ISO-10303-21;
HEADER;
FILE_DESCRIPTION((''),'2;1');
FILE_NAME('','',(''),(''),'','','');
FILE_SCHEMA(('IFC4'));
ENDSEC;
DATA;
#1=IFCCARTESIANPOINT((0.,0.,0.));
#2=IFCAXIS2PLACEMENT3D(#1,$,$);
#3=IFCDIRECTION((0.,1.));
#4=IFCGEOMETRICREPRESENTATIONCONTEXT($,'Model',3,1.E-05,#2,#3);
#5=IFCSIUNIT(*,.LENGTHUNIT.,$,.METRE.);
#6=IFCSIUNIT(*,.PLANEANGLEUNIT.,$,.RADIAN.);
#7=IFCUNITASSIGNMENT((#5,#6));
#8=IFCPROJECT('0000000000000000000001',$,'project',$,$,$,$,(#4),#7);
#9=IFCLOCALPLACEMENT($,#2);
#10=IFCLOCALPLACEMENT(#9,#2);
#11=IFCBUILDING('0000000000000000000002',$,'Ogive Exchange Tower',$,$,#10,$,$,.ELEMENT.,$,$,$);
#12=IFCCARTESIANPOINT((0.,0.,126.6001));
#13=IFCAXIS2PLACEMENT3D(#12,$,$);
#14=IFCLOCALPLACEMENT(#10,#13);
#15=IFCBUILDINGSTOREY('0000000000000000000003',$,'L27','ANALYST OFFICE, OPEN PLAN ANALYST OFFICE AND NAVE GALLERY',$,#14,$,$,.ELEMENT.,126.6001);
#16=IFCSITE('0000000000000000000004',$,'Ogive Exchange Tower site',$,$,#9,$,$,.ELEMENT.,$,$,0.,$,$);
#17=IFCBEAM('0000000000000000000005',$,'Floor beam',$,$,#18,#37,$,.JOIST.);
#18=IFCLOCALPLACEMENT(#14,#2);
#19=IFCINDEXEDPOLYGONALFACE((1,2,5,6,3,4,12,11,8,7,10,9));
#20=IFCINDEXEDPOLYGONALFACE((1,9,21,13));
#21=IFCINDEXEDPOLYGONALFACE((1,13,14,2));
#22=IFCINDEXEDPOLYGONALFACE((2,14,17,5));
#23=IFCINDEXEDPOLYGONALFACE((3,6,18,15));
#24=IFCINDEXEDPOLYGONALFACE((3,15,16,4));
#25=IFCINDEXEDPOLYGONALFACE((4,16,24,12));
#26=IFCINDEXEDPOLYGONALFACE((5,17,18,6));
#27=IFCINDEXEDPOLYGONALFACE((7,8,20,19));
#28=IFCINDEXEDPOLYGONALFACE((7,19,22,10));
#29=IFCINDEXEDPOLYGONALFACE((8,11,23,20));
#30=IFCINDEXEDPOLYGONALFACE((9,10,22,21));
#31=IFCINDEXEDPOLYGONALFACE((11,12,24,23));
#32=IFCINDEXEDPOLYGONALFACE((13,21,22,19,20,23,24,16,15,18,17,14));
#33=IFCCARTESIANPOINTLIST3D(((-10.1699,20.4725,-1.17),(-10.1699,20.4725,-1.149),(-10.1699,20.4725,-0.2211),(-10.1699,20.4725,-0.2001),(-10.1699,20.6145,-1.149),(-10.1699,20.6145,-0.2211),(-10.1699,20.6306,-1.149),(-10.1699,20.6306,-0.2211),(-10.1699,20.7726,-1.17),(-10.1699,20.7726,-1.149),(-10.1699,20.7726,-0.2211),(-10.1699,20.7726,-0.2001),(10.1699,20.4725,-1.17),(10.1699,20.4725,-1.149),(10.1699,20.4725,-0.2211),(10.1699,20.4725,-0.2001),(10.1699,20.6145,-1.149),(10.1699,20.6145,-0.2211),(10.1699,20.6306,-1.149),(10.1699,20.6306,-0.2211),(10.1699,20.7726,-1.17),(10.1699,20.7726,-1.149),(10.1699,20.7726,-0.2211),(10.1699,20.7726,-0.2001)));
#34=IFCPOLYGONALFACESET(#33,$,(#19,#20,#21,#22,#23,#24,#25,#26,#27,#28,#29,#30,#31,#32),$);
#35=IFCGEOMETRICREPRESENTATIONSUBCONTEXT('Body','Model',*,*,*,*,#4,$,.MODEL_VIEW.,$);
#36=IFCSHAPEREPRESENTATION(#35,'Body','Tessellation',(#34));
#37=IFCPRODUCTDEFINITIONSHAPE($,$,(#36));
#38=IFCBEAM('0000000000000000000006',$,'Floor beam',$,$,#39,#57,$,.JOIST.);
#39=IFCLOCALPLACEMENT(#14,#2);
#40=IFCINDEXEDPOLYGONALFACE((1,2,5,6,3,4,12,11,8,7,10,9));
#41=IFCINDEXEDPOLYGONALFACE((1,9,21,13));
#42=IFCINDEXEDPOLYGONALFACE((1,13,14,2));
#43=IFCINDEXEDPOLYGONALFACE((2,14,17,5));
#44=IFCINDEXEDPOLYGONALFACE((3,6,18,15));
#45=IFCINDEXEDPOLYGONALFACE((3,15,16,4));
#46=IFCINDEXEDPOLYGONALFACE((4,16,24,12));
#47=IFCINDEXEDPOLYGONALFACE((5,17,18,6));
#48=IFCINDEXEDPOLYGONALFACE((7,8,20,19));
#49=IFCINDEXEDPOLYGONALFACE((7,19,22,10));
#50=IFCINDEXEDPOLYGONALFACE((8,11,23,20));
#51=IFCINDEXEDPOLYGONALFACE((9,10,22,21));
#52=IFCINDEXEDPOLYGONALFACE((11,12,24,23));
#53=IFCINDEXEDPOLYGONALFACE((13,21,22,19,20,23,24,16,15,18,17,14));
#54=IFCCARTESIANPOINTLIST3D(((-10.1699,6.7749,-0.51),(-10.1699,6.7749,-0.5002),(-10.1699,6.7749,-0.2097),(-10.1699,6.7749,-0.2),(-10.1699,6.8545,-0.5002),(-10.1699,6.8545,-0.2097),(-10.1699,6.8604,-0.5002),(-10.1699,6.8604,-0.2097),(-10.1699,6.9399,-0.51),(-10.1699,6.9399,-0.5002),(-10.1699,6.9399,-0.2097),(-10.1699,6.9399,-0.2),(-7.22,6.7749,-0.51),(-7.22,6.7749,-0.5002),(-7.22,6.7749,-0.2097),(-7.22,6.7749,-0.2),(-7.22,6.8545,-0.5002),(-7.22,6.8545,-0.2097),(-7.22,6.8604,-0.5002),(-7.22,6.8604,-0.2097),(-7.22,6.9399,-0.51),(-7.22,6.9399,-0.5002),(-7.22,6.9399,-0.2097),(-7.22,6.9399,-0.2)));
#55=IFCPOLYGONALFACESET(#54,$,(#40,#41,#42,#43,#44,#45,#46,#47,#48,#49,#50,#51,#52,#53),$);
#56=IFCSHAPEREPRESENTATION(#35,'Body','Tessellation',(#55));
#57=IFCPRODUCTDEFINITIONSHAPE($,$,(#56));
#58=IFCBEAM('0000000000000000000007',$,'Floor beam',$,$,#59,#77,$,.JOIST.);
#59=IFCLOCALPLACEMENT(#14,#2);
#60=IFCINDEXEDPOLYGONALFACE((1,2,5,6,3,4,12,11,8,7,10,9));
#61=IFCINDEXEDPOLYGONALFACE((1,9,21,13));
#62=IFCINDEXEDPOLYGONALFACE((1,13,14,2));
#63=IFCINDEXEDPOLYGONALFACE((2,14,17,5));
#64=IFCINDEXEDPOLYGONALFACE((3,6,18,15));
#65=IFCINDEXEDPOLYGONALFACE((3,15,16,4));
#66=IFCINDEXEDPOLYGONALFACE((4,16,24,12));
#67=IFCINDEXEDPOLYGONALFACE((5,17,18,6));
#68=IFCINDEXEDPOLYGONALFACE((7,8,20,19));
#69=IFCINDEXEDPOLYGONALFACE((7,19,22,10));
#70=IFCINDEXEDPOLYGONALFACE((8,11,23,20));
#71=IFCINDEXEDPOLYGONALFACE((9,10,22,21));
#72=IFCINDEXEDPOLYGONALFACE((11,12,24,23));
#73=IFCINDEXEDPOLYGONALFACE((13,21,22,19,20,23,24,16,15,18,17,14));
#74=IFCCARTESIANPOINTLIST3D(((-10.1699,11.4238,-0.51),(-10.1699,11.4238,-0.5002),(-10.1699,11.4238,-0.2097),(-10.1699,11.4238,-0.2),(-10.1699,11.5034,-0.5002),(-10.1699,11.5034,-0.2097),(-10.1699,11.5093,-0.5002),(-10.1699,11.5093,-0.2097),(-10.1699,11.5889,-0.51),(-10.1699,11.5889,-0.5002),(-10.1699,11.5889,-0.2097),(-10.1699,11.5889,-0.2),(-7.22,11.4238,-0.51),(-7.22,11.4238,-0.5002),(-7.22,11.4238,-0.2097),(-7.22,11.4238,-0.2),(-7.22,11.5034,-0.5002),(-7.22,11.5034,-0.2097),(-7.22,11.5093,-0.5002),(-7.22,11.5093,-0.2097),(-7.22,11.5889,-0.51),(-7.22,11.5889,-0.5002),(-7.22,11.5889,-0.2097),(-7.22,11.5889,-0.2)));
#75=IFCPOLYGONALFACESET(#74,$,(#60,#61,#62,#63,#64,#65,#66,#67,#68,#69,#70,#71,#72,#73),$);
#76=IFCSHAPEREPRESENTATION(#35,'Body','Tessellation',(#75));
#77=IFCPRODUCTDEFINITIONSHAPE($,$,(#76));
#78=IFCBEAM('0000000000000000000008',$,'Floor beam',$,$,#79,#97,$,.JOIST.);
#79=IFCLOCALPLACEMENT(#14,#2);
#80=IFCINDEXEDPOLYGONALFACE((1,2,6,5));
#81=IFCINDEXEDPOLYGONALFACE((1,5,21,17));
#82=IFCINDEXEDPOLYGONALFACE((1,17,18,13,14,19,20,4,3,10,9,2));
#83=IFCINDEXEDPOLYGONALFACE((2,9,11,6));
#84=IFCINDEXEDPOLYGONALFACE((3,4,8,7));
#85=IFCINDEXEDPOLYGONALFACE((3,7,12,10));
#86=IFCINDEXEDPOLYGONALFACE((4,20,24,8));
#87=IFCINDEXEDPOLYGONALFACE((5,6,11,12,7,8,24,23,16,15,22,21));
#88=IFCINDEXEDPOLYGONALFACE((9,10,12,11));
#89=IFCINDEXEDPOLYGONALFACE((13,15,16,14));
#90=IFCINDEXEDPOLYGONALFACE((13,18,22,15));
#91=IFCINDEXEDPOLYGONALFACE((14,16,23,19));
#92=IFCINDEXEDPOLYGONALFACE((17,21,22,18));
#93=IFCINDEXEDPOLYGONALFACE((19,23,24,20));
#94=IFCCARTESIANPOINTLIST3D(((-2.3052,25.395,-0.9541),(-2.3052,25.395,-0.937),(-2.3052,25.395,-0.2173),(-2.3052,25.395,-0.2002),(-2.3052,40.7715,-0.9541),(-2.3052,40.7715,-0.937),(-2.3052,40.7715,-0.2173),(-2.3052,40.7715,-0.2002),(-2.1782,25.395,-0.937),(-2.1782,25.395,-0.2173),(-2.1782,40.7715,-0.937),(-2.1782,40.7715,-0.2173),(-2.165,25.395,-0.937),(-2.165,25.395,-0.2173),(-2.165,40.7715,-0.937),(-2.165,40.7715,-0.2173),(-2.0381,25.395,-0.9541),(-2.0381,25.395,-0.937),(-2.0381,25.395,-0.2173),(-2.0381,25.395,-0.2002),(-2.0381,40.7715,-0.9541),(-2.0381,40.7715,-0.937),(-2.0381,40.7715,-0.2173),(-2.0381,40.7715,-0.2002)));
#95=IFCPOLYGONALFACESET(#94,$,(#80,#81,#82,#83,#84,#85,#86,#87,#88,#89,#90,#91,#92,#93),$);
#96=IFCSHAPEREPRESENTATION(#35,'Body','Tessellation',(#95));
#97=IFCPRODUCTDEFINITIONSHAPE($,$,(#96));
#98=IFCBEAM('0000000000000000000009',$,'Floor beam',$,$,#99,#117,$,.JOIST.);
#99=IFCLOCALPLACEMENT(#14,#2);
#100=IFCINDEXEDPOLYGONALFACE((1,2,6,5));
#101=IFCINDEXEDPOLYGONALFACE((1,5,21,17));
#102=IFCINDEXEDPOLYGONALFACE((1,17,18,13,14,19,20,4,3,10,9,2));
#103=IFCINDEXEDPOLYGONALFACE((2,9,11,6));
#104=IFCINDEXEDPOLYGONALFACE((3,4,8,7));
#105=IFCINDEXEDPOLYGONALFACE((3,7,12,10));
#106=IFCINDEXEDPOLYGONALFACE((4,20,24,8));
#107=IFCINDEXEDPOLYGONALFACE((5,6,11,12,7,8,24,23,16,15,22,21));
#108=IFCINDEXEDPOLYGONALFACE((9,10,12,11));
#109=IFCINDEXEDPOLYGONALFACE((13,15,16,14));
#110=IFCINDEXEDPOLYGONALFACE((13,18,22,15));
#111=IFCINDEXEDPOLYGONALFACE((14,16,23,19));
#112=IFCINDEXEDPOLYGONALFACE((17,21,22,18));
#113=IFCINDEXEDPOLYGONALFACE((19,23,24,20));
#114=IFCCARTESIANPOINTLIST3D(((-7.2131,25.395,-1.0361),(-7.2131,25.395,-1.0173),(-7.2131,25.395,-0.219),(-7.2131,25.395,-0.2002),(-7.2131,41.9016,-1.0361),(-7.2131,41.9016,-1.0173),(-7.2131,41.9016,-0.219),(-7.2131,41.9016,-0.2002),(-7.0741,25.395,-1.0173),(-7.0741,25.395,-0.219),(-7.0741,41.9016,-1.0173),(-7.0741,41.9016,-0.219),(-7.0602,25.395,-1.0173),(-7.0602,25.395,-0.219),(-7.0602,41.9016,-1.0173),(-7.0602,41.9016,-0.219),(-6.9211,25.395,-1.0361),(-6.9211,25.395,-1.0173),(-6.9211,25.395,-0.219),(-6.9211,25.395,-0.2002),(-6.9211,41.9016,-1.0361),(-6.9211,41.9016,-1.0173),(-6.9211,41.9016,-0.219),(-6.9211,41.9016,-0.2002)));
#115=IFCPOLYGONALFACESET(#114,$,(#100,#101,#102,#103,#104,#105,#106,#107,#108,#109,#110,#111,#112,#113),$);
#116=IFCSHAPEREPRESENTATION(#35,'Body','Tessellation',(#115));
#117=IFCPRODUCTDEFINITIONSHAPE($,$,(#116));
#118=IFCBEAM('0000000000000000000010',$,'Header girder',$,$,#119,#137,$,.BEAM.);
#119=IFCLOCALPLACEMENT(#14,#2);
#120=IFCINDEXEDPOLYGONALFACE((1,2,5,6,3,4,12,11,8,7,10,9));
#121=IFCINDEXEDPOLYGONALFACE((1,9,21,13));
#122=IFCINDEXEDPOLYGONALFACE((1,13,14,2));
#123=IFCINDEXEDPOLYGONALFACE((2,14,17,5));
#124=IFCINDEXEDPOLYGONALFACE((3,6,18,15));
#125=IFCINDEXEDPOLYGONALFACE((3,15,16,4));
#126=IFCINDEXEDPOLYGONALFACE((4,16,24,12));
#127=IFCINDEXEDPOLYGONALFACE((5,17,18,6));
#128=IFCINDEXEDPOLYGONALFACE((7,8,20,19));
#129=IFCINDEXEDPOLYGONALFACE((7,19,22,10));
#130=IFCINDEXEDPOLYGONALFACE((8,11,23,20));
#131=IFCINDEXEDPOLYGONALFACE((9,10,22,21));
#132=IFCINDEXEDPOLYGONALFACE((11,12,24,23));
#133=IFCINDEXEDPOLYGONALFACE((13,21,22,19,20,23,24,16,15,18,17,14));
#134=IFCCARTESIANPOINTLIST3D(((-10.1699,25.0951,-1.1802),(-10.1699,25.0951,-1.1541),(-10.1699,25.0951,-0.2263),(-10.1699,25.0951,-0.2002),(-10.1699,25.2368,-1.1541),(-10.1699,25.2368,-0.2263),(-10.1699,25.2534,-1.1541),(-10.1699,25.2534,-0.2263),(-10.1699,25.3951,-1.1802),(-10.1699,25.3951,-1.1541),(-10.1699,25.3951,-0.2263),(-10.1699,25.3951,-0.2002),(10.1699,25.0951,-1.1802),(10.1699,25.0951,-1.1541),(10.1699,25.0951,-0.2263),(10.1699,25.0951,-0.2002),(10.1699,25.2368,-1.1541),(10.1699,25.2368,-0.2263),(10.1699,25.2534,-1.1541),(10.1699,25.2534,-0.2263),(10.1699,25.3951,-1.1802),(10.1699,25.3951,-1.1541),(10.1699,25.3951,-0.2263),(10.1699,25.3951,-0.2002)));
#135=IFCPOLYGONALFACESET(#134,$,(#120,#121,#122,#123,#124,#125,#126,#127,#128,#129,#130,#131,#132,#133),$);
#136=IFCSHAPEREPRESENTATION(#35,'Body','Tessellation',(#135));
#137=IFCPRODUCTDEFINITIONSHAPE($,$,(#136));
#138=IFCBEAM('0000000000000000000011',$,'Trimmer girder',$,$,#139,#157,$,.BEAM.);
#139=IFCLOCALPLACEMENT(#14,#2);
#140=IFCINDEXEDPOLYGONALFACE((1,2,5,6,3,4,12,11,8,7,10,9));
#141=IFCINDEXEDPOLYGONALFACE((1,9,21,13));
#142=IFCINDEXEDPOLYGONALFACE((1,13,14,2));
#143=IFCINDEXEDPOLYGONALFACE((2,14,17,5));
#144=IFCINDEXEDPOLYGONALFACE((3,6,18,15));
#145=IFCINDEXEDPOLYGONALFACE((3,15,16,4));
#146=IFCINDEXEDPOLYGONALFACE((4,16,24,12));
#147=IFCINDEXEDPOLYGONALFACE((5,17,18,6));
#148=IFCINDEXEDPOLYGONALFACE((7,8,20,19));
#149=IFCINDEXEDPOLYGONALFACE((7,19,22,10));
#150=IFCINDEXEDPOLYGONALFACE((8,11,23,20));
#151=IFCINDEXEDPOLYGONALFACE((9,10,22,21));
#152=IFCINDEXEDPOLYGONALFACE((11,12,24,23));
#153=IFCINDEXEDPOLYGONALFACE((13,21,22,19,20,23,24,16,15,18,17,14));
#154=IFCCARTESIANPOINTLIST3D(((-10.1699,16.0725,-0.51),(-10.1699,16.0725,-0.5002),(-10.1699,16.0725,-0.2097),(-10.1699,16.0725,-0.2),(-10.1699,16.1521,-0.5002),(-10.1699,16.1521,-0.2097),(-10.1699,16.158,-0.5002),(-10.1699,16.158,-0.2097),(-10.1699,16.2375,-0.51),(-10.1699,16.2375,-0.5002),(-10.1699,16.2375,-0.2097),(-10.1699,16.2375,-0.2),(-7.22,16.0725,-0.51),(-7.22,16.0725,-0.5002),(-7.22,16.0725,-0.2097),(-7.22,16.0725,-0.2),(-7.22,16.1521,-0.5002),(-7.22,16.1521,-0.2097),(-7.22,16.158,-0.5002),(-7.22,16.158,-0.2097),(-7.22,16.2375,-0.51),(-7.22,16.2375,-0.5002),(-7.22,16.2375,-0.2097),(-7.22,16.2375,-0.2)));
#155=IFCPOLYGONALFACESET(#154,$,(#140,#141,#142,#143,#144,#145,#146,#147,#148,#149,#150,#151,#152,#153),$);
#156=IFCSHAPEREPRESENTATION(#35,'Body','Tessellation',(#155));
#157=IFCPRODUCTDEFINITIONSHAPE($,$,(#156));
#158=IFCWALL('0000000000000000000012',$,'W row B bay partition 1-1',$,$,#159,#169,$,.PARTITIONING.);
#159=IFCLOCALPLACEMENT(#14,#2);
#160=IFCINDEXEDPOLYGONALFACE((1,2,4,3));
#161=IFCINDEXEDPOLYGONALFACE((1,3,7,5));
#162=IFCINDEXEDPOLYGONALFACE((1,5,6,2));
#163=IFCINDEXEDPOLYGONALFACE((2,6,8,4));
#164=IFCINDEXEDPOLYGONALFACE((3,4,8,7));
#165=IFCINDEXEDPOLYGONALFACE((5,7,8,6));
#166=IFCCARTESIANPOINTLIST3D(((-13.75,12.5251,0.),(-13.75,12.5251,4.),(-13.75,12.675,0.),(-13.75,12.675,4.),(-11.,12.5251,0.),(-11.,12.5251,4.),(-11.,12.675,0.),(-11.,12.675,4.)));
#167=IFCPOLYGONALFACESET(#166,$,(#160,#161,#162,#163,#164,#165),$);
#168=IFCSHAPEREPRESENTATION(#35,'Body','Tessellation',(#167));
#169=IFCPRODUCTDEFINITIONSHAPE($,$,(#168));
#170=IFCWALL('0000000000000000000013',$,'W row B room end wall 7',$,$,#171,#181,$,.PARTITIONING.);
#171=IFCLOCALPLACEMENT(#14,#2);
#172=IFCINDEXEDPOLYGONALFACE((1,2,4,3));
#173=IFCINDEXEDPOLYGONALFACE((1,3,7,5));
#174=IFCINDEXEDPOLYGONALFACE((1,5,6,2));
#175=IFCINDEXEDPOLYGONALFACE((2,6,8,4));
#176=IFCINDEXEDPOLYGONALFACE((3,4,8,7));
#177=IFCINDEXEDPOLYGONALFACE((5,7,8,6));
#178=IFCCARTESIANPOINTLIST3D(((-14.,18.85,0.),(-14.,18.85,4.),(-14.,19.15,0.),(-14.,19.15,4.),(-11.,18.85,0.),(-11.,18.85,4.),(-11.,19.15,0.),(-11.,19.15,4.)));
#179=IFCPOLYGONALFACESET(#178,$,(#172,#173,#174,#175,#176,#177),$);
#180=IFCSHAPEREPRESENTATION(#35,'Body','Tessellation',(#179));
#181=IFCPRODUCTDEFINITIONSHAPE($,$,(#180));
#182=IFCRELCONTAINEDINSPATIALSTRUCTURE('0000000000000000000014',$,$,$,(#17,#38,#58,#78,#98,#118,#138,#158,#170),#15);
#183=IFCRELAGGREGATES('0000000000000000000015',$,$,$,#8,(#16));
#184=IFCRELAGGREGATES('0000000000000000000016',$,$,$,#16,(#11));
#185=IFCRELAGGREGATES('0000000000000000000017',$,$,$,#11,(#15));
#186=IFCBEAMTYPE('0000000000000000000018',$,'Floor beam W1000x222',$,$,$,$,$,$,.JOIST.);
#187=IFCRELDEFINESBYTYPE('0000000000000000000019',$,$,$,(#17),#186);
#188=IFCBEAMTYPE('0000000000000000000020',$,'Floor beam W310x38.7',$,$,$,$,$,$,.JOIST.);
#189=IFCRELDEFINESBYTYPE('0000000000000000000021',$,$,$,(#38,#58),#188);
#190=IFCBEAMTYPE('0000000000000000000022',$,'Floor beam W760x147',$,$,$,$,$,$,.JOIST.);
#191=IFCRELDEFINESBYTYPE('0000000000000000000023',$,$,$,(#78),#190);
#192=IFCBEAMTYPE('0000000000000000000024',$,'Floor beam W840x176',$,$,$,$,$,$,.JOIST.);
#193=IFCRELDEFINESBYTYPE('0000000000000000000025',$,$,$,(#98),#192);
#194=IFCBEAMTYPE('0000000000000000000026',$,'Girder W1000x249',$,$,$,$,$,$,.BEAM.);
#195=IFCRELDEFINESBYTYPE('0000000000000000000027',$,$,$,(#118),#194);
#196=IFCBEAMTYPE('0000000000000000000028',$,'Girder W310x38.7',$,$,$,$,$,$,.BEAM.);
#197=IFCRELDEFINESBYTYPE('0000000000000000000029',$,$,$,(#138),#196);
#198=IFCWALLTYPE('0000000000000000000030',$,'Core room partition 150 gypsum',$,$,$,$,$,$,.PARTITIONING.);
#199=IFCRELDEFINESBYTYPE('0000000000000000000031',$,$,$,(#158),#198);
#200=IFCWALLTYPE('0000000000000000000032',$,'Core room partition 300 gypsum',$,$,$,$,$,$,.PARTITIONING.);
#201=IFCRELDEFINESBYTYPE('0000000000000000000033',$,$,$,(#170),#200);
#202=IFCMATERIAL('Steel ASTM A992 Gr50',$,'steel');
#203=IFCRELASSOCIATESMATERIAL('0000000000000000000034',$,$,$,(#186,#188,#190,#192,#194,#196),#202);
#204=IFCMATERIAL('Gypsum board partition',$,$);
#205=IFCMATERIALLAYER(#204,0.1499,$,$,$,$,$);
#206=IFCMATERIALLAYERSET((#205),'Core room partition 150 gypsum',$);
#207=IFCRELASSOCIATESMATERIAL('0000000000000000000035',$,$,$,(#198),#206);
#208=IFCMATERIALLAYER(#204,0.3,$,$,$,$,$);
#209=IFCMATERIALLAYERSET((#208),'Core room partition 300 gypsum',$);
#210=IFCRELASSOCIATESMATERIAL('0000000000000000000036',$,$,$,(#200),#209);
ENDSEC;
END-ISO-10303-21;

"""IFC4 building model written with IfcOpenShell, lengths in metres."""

from ifc_helpers import new_model, si_unit, direction, frame, frame_2d, origin, origin_2d, place, context, subcontext, project, spatial, rectangle, i_section, extrude, material, layer, layer_set, material_profile, profile_set, type_object, element, save


model = new_model("IFC4")

# Units and contexts
model_context = context("Model", 3, precision=1e-05, world=origin(), true_north=direction((0.0, 1.0)))
body_context = subcontext(model_context, "Body", "Model", "MODEL_VIEW")
ifc_project = project(units=[si_unit("LENGTHUNIT", "METRE"), si_unit("PLANEANGLEUNIT", "RADIAN")], contexts=[model_context])

# Site, building, storey
site_placement = place(None, origin())
site = spatial("IfcSite", under=ifc_project, at=site_placement, Name="Ogive Exchange Tower site", CompositionType="ELEMENT", RefElevation=0.0)
building_placement = place(site_placement, origin())
building = spatial("IfcBuilding", under=site, at=building_placement, Name="Ogive Exchange Tower", CompositionType="ELEMENT")
storey_placement = place(building_placement, frame((0.0, 0.0, 126.6001)))
storey = spatial("IfcBuildingStorey", under=building, at=storey_placement, Name="L27", Description="ANALYST OFFICE, OPEN PLAN ANALYST OFFICE AND NAVE GALLERY", CompositionType="ELEMENT", Elevation=126.6001)

# Beams
ifc_material_1 = material(Name="Steel ASTM A992 Gr50", Category="steel")
ifc_material_profile_1 = material_profile(ifc_material_1, i_section(OverallWidth=0.3, OverallDepth=0.97, WebThickness=0.0161, FlangeThickness=0.021, at=origin_2d()), Name="W1000x222")
ifc_profile_set_1 = profile_set([ifc_material_profile_1], Name="Steel ASTM A992 Gr50")
beam_type_1 = type_object("IfcBeamType", Name="Floor beam W1000x222", PredefinedType="JOIST", material=ifc_profile_set_1)
beam_1_placement = place(storey_placement, frame((-10.1699, 20.6226, -0.6851), z_axis=(1.0, 0.0, 0.0), x_axis=(0.0, 1.0, 0.0)))
element("IfcBeam", 1, at=beam_1_placement, inside=storey, type_object=beam_type_1, Name="Floor beam", PredefinedType="JOIST", context=body_context, shape_type="SweptSolid", body=[
    extrude(i_section(OverallWidth=0.3, OverallDepth=0.97, WebThickness=0.0161, FlangeThickness=0.021, at=origin_2d()), origin(), (0.0, 0.0, 1.0), 20.3398),
])
ifc_material_profile_2 = material_profile(ifc_material_1, i_section(OverallWidth=0.165, OverallDepth=0.3101, WebThickness=0.0059, FlangeThickness=0.0098, at=origin_2d()), Name="W310x38.7")
ifc_profile_set_2 = profile_set([ifc_material_profile_2], Name="Steel ASTM A992 Gr50")
beam_type_2 = type_object("IfcBeamType", Name="Floor beam W310x38.7", PredefinedType="JOIST", material=ifc_profile_set_2)
for number, where, z_axis, x_axis, name in (
    (2, (-10.1699, 6.8574, -0.355), (1.0, 0.0, 0.0), (0.0, 1.0, 0.0), "Floor beam"),
    (3, (-10.1699, 11.5063, -0.355), (1.0, 0.0, 0.0), (0.0, 1.0, 0.0), "Floor beam"),
):
    element("IfcBeam", number, at=place(storey_placement, frame(where, z_axis=z_axis, x_axis=x_axis)), inside=storey, type_object=beam_type_2, Name=name, PredefinedType="JOIST", context=body_context, shape_type="SweptSolid", body=[
        extrude(i_section(OverallWidth=0.165, OverallDepth=0.3101, WebThickness=0.0059, FlangeThickness=0.0098, at=origin_2d()), origin(), (0.0, 0.0, 1.0), 2.95),
    ])
ifc_material_profile_3 = material_profile(ifc_material_1, i_section(OverallWidth=0.2671, OverallDepth=0.7539, WebThickness=0.0132, FlangeThickness=0.0171, at=origin_2d()), Name="W760x147")
ifc_profile_set_3 = profile_set([ifc_material_profile_3], Name="Steel ASTM A992 Gr50")
beam_type_3 = type_object("IfcBeamType", Name="Floor beam W760x147", PredefinedType="JOIST", material=ifc_profile_set_3)
beam_2_placement = place(storey_placement, frame((-2.1716, 25.395, -0.5771), z_axis=(0.0, 1.0, 0.0), x_axis=(-1.0, 0.0, 0.0)))
element("IfcBeam", 4, at=beam_2_placement, inside=storey, type_object=beam_type_3, Name="Floor beam", PredefinedType="JOIST", context=body_context, shape_type="SweptSolid", body=[
    extrude(i_section(OverallWidth=0.2671, OverallDepth=0.7539, WebThickness=0.0132, FlangeThickness=0.0171, at=origin_2d()), origin(), (0.0, 0.0, 1.0), 15.3765),
])
ifc_material_profile_4 = material_profile(ifc_material_1, i_section(OverallWidth=0.292, OverallDepth=0.8359, WebThickness=0.0139, FlangeThickness=0.0188, at=origin_2d()), Name="W840x176")
ifc_profile_set_4 = profile_set([ifc_material_profile_4], Name="Steel ASTM A992 Gr50")
beam_type_4 = type_object("IfcBeamType", Name="Floor beam W840x176", PredefinedType="JOIST", material=ifc_profile_set_4)
beam_3_placement = place(storey_placement, frame((-7.0671, 25.395, -0.6182), z_axis=(0.0, 1.0, 0.0), x_axis=(-1.0, 0.0, 0.0)))
element("IfcBeam", 5, at=beam_3_placement, inside=storey, type_object=beam_type_4, Name="Floor beam", PredefinedType="JOIST", context=body_context, shape_type="SweptSolid", body=[
    extrude(i_section(OverallWidth=0.292, OverallDepth=0.8359, WebThickness=0.0139, FlangeThickness=0.0188, at=origin_2d()), origin(), (0.0, 0.0, 1.0), 16.5066),
])
ifc_material_profile_5 = material_profile(ifc_material_1, i_section(OverallWidth=0.3, OverallDepth=0.98, WebThickness=0.0166, FlangeThickness=0.0261, at=origin_2d()), Name="W1000x249")
ifc_profile_set_5 = profile_set([ifc_material_profile_5], Name="Steel ASTM A992 Gr50")
beam_type_5 = type_object("IfcBeamType", Name="Girder W1000x249", PredefinedType="BEAM", material=ifc_profile_set_5)
beam_4_placement = place(storey_placement, frame((-10.1699, 25.2451, -0.6902), z_axis=(1.0, 0.0, 0.0), x_axis=(0.0, 1.0, 0.0)))
element("IfcBeam", 6, at=beam_4_placement, inside=storey, type_object=beam_type_5, Name="Header girder", PredefinedType="BEAM", context=body_context, shape_type="SweptSolid", body=[
    extrude(i_section(OverallWidth=0.3, OverallDepth=0.98, WebThickness=0.0166, FlangeThickness=0.0261, at=origin_2d()), origin(), (0.0, 0.0, 1.0), 20.3398),
])
ifc_material_profile_6 = material_profile(ifc_material_1, i_section(OverallWidth=0.165, OverallDepth=0.3101, WebThickness=0.0059, FlangeThickness=0.0098, at=origin_2d()), Name="W310x38.7")
ifc_profile_set_6 = profile_set([ifc_material_profile_6], Name="Steel ASTM A992 Gr50")
beam_type_6 = type_object("IfcBeamType", Name="Girder W310x38.7", PredefinedType="BEAM", material=ifc_profile_set_6)
beam_5_placement = place(storey_placement, frame((-10.1699, 16.155, -0.355), z_axis=(1.0, 0.0, 0.0), x_axis=(0.0, 1.0, 0.0)))
element("IfcBeam", 7, at=beam_5_placement, inside=storey, type_object=beam_type_6, Name="Trimmer girder", PredefinedType="BEAM", context=body_context, shape_type="SweptSolid", body=[
    extrude(i_section(OverallWidth=0.165, OverallDepth=0.3101, WebThickness=0.0059, FlangeThickness=0.0098, at=origin_2d()), origin(), (0.0, 0.0, 1.0), 2.95),
])

# Walls
ifc_material_2 = material(Name="Gypsum board partition")
ifc_layer_1 = layer(ifc_material_2, 0.1499)
ifc_layer_set_1 = layer_set([ifc_layer_1], Name="Core room partition 150 gypsum")
wall_type_1 = type_object("IfcWallType", Name="Core room partition 150 gypsum", PredefinedType="PARTITIONING", material=ifc_layer_set_1)
wall_1_placement = place(storey_placement, frame((-13.75, 12.6001, 0.0), z_axis=(0.0, 0.0, 1.0), x_axis=(1.0, 0.0, 0.0)))
element("IfcWall", 8, at=wall_1_placement, inside=storey, type_object=wall_type_1, Name="W row B bay partition 1-1", PredefinedType="PARTITIONING", context=body_context, shape_type="SweptSolid", body=[
    extrude(rectangle(XDim=2.75, YDim=0.1499, at=frame_2d((1.375, 0.0))), origin(), (0.0, 0.0, 1.0), 4.0),
])
ifc_layer_2 = layer(ifc_material_2, 0.3)
ifc_layer_set_2 = layer_set([ifc_layer_2], Name="Core room partition 300 gypsum")
wall_type_2 = type_object("IfcWallType", Name="Core room partition 300 gypsum", PredefinedType="PARTITIONING", material=ifc_layer_set_2)
wall_2_placement = place(storey_placement, frame((-14.0, 19.0, 0.0), z_axis=(0.0, 0.0, 1.0), x_axis=(1.0, 0.0, 0.0)))
element("IfcWall", 9, at=wall_2_placement, inside=storey, type_object=wall_type_2, Name="W row B room end wall 7", PredefinedType="PARTITIONING", context=body_context, shape_type="SweptSolid", body=[
    extrude(rectangle(XDim=3.0, YDim=0.3, at=frame_2d((1.5, 0.0))), origin(), (0.0, 0.0, 1.0), 4.0),
])

save(model, "model.ifc")
